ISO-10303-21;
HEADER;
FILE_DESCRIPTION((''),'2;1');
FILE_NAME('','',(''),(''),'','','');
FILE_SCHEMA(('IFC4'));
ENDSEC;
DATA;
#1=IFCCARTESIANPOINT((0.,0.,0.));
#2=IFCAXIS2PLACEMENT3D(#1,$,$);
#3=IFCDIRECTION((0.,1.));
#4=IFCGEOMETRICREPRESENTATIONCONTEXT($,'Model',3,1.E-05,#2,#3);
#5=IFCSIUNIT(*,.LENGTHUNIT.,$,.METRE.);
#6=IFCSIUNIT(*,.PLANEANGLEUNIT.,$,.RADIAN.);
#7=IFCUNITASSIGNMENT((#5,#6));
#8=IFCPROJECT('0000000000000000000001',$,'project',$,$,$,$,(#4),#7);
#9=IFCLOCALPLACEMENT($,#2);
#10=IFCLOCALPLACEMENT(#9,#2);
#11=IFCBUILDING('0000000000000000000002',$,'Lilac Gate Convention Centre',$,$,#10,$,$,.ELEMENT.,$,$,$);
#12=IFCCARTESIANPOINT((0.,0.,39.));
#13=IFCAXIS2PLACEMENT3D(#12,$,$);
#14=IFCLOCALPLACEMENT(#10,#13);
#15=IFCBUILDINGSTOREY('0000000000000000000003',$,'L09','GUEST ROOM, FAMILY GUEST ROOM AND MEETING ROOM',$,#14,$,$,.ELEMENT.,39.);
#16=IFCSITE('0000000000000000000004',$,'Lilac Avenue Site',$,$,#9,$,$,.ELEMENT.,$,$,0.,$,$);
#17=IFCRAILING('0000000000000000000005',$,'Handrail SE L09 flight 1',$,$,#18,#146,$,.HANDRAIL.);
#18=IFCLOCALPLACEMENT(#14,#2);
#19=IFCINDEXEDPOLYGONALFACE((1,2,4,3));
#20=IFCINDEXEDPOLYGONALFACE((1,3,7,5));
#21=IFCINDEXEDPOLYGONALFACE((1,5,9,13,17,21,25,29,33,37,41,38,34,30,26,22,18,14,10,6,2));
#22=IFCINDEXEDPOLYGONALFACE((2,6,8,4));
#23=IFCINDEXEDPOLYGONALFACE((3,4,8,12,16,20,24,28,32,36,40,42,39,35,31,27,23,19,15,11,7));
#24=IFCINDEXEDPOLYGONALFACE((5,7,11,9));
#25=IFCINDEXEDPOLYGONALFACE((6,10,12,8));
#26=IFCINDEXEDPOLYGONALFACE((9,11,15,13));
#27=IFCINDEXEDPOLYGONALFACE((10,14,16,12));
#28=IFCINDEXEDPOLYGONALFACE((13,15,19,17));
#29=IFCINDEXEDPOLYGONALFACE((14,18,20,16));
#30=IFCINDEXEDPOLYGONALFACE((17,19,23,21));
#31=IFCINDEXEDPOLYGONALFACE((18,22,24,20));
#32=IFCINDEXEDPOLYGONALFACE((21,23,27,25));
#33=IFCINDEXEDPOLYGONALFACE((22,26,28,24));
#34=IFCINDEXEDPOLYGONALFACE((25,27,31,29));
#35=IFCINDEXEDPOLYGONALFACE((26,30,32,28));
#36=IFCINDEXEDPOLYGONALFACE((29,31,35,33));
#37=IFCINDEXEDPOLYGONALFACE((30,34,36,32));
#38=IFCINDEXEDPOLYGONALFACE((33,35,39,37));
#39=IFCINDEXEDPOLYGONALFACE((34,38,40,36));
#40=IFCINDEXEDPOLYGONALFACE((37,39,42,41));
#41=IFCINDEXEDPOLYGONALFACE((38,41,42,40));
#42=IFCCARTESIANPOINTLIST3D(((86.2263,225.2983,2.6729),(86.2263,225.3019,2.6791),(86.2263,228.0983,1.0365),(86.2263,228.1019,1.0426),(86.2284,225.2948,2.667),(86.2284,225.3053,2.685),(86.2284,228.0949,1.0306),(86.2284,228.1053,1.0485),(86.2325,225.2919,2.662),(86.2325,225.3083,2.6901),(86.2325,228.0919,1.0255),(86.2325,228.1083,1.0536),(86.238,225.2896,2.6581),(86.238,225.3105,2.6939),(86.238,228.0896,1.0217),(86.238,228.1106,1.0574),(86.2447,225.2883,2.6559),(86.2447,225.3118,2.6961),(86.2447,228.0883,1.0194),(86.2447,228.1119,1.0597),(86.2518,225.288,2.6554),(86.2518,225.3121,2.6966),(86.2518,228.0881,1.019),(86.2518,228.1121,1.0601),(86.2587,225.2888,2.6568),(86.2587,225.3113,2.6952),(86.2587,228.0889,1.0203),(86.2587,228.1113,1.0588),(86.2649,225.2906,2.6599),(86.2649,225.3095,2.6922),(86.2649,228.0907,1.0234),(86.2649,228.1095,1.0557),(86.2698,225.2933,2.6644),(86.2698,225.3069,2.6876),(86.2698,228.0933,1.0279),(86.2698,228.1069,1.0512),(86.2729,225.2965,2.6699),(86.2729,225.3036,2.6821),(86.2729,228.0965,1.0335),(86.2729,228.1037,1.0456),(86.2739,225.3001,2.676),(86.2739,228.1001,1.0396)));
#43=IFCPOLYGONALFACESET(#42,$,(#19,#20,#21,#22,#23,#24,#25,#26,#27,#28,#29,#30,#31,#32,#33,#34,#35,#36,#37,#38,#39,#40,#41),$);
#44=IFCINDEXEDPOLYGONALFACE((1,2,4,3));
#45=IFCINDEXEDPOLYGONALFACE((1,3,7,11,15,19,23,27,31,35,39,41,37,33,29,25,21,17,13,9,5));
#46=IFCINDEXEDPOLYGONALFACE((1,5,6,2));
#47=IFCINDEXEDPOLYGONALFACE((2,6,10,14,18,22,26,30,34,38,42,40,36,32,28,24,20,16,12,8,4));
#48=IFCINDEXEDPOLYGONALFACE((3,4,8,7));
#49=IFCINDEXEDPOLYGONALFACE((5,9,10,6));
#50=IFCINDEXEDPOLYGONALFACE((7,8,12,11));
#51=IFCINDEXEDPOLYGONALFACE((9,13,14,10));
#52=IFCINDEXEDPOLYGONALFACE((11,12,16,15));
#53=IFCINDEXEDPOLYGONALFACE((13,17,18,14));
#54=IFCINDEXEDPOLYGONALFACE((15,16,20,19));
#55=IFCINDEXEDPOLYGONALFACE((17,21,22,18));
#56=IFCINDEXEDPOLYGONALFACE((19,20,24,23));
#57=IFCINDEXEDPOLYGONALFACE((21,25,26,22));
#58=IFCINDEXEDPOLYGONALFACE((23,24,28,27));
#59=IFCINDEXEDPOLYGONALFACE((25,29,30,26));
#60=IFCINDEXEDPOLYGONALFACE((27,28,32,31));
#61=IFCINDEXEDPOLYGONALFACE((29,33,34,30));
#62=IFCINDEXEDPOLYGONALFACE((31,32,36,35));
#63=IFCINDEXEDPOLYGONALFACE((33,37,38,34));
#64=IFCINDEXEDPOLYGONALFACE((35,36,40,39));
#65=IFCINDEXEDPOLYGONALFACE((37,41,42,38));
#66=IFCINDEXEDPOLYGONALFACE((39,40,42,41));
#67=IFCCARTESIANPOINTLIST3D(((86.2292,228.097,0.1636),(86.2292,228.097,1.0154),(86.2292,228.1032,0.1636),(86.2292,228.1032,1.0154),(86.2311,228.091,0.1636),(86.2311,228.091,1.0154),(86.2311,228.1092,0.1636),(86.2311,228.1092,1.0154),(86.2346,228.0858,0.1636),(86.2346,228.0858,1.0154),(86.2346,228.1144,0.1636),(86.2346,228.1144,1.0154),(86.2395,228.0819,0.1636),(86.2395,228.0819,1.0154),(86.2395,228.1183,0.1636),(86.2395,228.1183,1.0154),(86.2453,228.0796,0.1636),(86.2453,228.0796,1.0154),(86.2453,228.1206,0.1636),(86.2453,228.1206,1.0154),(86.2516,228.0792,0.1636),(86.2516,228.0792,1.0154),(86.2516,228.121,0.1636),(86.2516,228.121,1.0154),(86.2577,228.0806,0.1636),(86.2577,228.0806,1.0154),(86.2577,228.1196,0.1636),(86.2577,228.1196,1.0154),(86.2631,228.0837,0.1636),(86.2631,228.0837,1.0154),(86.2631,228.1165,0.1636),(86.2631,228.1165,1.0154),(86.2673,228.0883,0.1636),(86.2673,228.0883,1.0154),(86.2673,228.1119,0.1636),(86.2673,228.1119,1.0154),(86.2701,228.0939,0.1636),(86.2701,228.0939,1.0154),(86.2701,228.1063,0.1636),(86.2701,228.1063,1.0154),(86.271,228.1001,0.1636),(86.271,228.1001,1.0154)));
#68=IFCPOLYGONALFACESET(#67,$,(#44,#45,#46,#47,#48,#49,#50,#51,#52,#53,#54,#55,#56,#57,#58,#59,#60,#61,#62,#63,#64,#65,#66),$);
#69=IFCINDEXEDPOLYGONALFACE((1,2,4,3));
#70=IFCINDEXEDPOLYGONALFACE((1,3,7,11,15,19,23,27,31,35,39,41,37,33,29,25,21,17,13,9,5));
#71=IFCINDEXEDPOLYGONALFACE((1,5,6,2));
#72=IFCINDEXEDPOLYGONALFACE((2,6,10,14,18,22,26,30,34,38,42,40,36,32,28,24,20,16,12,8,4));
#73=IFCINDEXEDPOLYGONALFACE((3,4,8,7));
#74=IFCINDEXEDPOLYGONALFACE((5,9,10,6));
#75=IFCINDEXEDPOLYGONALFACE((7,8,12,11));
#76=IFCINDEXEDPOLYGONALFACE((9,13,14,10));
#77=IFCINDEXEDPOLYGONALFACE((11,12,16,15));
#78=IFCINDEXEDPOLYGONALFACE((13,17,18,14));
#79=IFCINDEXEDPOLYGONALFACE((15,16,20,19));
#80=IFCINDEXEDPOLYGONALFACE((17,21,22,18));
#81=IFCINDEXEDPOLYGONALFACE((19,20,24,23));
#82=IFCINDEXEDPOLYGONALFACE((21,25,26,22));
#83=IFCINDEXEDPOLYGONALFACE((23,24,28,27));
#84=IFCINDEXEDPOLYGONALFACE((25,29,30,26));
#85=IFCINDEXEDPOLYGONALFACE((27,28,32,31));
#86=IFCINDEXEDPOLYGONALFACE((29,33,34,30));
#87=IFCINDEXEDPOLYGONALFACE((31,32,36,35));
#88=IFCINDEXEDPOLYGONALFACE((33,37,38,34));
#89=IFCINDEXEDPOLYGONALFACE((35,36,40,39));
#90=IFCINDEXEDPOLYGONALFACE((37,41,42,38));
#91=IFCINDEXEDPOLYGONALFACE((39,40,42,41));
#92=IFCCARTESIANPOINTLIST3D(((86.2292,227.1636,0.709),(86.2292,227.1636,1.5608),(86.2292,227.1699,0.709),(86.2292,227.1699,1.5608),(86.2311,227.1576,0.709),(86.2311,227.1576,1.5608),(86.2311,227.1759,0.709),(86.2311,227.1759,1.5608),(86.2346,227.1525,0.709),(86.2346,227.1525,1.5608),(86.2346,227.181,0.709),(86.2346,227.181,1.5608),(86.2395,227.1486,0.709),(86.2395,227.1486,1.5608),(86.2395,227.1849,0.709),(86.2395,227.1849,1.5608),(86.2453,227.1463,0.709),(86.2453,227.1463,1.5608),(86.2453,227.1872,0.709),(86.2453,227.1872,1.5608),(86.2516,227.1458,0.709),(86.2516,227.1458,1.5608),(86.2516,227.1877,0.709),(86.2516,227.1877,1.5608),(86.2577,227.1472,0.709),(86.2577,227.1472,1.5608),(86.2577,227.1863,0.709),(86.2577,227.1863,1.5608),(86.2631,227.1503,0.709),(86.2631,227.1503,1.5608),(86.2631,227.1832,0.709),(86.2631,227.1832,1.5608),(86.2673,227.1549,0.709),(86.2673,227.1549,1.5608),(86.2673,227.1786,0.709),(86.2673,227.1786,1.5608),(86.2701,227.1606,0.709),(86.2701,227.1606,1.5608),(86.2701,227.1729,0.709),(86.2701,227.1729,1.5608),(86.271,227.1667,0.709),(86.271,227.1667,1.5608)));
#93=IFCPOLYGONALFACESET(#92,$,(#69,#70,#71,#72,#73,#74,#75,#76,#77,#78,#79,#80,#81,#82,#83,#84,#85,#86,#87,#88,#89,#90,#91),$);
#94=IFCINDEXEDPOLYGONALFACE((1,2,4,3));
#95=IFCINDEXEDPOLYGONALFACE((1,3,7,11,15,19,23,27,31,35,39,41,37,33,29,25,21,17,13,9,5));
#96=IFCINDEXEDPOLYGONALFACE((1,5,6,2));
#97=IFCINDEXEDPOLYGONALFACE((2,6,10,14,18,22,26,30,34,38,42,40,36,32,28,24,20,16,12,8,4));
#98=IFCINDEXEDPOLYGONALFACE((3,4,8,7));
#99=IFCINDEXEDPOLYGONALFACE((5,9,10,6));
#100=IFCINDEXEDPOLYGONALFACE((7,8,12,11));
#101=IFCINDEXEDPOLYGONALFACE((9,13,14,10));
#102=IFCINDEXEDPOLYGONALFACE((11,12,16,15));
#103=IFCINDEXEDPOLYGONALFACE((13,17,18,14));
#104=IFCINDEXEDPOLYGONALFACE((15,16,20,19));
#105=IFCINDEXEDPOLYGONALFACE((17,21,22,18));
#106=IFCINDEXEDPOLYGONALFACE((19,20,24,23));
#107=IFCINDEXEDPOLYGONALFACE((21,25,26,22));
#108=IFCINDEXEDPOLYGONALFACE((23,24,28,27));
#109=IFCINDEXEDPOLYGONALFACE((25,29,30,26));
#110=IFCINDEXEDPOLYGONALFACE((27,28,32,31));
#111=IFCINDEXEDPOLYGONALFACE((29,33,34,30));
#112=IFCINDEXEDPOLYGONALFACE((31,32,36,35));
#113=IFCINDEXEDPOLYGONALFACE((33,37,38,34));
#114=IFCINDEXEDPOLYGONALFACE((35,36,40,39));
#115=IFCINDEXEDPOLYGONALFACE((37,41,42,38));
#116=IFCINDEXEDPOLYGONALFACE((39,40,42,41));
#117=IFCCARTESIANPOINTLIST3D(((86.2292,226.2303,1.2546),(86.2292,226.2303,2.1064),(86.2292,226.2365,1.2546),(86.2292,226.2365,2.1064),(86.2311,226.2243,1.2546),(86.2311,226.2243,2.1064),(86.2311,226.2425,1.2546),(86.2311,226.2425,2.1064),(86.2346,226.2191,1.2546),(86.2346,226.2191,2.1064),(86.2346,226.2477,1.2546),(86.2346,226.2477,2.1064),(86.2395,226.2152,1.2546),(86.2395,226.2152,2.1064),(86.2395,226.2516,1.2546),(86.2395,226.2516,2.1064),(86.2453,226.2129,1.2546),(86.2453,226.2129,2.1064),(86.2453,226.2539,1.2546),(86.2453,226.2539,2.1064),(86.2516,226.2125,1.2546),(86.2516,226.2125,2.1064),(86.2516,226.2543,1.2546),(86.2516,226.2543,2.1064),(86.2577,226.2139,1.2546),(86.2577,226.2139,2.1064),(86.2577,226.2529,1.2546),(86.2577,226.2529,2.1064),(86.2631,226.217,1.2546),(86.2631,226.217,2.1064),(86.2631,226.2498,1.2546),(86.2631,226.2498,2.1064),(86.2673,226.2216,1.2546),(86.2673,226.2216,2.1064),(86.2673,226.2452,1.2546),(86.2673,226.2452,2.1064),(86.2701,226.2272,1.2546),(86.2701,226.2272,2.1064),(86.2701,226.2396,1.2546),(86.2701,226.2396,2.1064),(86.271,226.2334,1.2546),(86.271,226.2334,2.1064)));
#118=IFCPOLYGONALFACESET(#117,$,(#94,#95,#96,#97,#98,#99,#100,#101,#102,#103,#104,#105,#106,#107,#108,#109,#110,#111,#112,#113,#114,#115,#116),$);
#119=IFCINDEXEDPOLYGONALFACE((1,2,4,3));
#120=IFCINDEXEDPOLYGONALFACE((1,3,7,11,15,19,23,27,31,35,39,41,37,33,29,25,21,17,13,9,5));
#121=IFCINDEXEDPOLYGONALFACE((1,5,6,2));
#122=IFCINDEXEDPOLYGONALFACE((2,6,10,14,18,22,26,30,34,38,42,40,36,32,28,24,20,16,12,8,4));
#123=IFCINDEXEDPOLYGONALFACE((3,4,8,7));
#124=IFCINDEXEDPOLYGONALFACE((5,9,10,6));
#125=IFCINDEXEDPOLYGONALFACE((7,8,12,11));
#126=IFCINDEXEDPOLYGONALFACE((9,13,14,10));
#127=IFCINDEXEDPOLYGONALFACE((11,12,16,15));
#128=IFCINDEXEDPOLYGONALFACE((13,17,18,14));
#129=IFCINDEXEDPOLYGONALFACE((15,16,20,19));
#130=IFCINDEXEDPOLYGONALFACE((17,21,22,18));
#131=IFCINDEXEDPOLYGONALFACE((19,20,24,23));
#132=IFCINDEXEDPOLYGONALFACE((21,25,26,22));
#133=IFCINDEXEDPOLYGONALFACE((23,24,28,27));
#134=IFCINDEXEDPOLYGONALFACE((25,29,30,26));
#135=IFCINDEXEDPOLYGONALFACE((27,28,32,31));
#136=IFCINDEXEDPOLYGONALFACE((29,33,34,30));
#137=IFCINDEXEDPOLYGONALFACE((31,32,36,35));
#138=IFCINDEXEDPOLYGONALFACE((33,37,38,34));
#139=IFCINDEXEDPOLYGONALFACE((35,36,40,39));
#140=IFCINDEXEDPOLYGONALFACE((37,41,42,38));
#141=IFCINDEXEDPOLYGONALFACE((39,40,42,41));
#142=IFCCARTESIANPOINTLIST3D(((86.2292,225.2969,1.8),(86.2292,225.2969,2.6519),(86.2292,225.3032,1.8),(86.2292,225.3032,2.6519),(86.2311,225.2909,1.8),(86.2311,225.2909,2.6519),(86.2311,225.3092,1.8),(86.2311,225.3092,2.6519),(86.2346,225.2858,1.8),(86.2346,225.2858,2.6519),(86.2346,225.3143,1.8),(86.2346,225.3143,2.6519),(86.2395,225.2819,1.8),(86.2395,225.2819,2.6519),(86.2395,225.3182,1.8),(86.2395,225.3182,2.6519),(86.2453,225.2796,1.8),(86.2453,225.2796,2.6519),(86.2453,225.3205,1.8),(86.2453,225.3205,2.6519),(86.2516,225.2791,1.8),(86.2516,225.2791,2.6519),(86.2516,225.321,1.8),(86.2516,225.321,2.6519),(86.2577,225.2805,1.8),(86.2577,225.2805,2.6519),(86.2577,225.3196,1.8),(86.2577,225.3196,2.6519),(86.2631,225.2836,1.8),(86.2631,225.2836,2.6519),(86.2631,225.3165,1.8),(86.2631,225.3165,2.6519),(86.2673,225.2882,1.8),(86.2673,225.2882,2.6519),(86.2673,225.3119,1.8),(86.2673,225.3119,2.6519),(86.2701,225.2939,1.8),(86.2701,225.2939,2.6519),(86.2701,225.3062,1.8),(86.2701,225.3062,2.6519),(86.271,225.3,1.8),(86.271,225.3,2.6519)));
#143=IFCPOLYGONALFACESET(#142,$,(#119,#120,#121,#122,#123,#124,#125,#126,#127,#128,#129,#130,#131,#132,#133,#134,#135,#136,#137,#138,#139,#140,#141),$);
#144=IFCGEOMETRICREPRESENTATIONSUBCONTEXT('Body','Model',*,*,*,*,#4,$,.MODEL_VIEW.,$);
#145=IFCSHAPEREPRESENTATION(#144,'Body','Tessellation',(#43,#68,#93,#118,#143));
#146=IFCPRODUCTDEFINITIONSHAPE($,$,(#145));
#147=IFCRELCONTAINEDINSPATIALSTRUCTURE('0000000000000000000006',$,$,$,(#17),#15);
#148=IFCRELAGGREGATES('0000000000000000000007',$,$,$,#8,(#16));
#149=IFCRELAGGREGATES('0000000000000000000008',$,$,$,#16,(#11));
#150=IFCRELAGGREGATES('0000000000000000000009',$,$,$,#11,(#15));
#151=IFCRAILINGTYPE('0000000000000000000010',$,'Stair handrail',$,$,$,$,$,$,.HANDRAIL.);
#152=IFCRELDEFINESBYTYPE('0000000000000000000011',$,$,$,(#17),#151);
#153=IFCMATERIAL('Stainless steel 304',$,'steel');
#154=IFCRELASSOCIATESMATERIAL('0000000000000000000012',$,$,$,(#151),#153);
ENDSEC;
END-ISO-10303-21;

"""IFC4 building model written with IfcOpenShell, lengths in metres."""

from ifc_helpers import new_model, si_unit, direction, frame, origin, origin_2d, place, context, subcontext, project, spatial, circle, extrude, material, type_object, element, save


model = new_model("IFC4")

# Units and contexts
model_context = context("Model", 3, precision=1e-05, world=origin(), true_north=direction((0.0, 1.0)))
body_context = subcontext(model_context, "Body", "Model", "MODEL_VIEW")
ifc_project = project(units=[si_unit("LENGTHUNIT", "METRE"), si_unit("PLANEANGLEUNIT", "RADIAN")], contexts=[model_context])

# Site, building, storey
site_placement = place(None, origin())
site = spatial("IfcSite", under=ifc_project, at=site_placement, Name="Lilac Avenue Site", CompositionType="ELEMENT", RefElevation=0.0)
building_placement = place(site_placement, origin())
building = spatial("IfcBuilding", under=site, at=building_placement, Name="Lilac Gate Convention Centre", CompositionType="ELEMENT")
storey_placement = place(building_placement, frame((0.0, 0.0, 39.0)))
storey = spatial("IfcBuildingStorey", under=building, at=storey_placement, Name="L09", Description="GUEST ROOM, FAMILY GUEST ROOM AND MEETING ROOM", CompositionType="ELEMENT", Elevation=39.0)

# Shared definitions
ifc_material_1 = material(Name="Stainless steel 304", Category="steel")

# Railing
railing_type = type_object("IfcRailingType", Name="Stair handrail", PredefinedType="HANDRAIL", material=ifc_material_1)
for number, where, name in (
    (1, (86.25, 228.1001, 0.1636), "Handrail SE L09 flight 1"),
):
    element("IfcRailing", number, at=place(storey_placement, frame(where)), inside=storey, type_object=railing_type, Name=name, PredefinedType="HANDRAIL", context=body_context, shape_type="SweptSolid", body=[
        extrude(circle(Radius=0.0239, at=origin_2d()), frame((0.0, 0.0, 0.876), z_axis=(0.0, -0.863361, 0.504587), x_axis=(1.0, 0.0, 0.0)), (0.0, 0.0, 1.0), 3.2432),
        extrude(circle(Radius=0.021, at=origin_2d()), origin(), (0.0, 0.0, 1.0), 0.8518),
        extrude(circle(Radius=0.021, at=origin_2d()), frame((0.0, -0.9333, 0.5454)), (0.0, 0.0, 1.0), 0.8518),
        extrude(circle(Radius=0.021, at=origin_2d()), frame((0.0, -1.8667, 1.0911)), (0.0, 0.0, 1.0), 0.8518),
        extrude(circle(Radius=0.021, at=origin_2d()), frame((0.0, -2.8, 1.6365)), (0.0, 0.0, 1.0), 0.8518),
    ])

save(model, "model.ifc")
